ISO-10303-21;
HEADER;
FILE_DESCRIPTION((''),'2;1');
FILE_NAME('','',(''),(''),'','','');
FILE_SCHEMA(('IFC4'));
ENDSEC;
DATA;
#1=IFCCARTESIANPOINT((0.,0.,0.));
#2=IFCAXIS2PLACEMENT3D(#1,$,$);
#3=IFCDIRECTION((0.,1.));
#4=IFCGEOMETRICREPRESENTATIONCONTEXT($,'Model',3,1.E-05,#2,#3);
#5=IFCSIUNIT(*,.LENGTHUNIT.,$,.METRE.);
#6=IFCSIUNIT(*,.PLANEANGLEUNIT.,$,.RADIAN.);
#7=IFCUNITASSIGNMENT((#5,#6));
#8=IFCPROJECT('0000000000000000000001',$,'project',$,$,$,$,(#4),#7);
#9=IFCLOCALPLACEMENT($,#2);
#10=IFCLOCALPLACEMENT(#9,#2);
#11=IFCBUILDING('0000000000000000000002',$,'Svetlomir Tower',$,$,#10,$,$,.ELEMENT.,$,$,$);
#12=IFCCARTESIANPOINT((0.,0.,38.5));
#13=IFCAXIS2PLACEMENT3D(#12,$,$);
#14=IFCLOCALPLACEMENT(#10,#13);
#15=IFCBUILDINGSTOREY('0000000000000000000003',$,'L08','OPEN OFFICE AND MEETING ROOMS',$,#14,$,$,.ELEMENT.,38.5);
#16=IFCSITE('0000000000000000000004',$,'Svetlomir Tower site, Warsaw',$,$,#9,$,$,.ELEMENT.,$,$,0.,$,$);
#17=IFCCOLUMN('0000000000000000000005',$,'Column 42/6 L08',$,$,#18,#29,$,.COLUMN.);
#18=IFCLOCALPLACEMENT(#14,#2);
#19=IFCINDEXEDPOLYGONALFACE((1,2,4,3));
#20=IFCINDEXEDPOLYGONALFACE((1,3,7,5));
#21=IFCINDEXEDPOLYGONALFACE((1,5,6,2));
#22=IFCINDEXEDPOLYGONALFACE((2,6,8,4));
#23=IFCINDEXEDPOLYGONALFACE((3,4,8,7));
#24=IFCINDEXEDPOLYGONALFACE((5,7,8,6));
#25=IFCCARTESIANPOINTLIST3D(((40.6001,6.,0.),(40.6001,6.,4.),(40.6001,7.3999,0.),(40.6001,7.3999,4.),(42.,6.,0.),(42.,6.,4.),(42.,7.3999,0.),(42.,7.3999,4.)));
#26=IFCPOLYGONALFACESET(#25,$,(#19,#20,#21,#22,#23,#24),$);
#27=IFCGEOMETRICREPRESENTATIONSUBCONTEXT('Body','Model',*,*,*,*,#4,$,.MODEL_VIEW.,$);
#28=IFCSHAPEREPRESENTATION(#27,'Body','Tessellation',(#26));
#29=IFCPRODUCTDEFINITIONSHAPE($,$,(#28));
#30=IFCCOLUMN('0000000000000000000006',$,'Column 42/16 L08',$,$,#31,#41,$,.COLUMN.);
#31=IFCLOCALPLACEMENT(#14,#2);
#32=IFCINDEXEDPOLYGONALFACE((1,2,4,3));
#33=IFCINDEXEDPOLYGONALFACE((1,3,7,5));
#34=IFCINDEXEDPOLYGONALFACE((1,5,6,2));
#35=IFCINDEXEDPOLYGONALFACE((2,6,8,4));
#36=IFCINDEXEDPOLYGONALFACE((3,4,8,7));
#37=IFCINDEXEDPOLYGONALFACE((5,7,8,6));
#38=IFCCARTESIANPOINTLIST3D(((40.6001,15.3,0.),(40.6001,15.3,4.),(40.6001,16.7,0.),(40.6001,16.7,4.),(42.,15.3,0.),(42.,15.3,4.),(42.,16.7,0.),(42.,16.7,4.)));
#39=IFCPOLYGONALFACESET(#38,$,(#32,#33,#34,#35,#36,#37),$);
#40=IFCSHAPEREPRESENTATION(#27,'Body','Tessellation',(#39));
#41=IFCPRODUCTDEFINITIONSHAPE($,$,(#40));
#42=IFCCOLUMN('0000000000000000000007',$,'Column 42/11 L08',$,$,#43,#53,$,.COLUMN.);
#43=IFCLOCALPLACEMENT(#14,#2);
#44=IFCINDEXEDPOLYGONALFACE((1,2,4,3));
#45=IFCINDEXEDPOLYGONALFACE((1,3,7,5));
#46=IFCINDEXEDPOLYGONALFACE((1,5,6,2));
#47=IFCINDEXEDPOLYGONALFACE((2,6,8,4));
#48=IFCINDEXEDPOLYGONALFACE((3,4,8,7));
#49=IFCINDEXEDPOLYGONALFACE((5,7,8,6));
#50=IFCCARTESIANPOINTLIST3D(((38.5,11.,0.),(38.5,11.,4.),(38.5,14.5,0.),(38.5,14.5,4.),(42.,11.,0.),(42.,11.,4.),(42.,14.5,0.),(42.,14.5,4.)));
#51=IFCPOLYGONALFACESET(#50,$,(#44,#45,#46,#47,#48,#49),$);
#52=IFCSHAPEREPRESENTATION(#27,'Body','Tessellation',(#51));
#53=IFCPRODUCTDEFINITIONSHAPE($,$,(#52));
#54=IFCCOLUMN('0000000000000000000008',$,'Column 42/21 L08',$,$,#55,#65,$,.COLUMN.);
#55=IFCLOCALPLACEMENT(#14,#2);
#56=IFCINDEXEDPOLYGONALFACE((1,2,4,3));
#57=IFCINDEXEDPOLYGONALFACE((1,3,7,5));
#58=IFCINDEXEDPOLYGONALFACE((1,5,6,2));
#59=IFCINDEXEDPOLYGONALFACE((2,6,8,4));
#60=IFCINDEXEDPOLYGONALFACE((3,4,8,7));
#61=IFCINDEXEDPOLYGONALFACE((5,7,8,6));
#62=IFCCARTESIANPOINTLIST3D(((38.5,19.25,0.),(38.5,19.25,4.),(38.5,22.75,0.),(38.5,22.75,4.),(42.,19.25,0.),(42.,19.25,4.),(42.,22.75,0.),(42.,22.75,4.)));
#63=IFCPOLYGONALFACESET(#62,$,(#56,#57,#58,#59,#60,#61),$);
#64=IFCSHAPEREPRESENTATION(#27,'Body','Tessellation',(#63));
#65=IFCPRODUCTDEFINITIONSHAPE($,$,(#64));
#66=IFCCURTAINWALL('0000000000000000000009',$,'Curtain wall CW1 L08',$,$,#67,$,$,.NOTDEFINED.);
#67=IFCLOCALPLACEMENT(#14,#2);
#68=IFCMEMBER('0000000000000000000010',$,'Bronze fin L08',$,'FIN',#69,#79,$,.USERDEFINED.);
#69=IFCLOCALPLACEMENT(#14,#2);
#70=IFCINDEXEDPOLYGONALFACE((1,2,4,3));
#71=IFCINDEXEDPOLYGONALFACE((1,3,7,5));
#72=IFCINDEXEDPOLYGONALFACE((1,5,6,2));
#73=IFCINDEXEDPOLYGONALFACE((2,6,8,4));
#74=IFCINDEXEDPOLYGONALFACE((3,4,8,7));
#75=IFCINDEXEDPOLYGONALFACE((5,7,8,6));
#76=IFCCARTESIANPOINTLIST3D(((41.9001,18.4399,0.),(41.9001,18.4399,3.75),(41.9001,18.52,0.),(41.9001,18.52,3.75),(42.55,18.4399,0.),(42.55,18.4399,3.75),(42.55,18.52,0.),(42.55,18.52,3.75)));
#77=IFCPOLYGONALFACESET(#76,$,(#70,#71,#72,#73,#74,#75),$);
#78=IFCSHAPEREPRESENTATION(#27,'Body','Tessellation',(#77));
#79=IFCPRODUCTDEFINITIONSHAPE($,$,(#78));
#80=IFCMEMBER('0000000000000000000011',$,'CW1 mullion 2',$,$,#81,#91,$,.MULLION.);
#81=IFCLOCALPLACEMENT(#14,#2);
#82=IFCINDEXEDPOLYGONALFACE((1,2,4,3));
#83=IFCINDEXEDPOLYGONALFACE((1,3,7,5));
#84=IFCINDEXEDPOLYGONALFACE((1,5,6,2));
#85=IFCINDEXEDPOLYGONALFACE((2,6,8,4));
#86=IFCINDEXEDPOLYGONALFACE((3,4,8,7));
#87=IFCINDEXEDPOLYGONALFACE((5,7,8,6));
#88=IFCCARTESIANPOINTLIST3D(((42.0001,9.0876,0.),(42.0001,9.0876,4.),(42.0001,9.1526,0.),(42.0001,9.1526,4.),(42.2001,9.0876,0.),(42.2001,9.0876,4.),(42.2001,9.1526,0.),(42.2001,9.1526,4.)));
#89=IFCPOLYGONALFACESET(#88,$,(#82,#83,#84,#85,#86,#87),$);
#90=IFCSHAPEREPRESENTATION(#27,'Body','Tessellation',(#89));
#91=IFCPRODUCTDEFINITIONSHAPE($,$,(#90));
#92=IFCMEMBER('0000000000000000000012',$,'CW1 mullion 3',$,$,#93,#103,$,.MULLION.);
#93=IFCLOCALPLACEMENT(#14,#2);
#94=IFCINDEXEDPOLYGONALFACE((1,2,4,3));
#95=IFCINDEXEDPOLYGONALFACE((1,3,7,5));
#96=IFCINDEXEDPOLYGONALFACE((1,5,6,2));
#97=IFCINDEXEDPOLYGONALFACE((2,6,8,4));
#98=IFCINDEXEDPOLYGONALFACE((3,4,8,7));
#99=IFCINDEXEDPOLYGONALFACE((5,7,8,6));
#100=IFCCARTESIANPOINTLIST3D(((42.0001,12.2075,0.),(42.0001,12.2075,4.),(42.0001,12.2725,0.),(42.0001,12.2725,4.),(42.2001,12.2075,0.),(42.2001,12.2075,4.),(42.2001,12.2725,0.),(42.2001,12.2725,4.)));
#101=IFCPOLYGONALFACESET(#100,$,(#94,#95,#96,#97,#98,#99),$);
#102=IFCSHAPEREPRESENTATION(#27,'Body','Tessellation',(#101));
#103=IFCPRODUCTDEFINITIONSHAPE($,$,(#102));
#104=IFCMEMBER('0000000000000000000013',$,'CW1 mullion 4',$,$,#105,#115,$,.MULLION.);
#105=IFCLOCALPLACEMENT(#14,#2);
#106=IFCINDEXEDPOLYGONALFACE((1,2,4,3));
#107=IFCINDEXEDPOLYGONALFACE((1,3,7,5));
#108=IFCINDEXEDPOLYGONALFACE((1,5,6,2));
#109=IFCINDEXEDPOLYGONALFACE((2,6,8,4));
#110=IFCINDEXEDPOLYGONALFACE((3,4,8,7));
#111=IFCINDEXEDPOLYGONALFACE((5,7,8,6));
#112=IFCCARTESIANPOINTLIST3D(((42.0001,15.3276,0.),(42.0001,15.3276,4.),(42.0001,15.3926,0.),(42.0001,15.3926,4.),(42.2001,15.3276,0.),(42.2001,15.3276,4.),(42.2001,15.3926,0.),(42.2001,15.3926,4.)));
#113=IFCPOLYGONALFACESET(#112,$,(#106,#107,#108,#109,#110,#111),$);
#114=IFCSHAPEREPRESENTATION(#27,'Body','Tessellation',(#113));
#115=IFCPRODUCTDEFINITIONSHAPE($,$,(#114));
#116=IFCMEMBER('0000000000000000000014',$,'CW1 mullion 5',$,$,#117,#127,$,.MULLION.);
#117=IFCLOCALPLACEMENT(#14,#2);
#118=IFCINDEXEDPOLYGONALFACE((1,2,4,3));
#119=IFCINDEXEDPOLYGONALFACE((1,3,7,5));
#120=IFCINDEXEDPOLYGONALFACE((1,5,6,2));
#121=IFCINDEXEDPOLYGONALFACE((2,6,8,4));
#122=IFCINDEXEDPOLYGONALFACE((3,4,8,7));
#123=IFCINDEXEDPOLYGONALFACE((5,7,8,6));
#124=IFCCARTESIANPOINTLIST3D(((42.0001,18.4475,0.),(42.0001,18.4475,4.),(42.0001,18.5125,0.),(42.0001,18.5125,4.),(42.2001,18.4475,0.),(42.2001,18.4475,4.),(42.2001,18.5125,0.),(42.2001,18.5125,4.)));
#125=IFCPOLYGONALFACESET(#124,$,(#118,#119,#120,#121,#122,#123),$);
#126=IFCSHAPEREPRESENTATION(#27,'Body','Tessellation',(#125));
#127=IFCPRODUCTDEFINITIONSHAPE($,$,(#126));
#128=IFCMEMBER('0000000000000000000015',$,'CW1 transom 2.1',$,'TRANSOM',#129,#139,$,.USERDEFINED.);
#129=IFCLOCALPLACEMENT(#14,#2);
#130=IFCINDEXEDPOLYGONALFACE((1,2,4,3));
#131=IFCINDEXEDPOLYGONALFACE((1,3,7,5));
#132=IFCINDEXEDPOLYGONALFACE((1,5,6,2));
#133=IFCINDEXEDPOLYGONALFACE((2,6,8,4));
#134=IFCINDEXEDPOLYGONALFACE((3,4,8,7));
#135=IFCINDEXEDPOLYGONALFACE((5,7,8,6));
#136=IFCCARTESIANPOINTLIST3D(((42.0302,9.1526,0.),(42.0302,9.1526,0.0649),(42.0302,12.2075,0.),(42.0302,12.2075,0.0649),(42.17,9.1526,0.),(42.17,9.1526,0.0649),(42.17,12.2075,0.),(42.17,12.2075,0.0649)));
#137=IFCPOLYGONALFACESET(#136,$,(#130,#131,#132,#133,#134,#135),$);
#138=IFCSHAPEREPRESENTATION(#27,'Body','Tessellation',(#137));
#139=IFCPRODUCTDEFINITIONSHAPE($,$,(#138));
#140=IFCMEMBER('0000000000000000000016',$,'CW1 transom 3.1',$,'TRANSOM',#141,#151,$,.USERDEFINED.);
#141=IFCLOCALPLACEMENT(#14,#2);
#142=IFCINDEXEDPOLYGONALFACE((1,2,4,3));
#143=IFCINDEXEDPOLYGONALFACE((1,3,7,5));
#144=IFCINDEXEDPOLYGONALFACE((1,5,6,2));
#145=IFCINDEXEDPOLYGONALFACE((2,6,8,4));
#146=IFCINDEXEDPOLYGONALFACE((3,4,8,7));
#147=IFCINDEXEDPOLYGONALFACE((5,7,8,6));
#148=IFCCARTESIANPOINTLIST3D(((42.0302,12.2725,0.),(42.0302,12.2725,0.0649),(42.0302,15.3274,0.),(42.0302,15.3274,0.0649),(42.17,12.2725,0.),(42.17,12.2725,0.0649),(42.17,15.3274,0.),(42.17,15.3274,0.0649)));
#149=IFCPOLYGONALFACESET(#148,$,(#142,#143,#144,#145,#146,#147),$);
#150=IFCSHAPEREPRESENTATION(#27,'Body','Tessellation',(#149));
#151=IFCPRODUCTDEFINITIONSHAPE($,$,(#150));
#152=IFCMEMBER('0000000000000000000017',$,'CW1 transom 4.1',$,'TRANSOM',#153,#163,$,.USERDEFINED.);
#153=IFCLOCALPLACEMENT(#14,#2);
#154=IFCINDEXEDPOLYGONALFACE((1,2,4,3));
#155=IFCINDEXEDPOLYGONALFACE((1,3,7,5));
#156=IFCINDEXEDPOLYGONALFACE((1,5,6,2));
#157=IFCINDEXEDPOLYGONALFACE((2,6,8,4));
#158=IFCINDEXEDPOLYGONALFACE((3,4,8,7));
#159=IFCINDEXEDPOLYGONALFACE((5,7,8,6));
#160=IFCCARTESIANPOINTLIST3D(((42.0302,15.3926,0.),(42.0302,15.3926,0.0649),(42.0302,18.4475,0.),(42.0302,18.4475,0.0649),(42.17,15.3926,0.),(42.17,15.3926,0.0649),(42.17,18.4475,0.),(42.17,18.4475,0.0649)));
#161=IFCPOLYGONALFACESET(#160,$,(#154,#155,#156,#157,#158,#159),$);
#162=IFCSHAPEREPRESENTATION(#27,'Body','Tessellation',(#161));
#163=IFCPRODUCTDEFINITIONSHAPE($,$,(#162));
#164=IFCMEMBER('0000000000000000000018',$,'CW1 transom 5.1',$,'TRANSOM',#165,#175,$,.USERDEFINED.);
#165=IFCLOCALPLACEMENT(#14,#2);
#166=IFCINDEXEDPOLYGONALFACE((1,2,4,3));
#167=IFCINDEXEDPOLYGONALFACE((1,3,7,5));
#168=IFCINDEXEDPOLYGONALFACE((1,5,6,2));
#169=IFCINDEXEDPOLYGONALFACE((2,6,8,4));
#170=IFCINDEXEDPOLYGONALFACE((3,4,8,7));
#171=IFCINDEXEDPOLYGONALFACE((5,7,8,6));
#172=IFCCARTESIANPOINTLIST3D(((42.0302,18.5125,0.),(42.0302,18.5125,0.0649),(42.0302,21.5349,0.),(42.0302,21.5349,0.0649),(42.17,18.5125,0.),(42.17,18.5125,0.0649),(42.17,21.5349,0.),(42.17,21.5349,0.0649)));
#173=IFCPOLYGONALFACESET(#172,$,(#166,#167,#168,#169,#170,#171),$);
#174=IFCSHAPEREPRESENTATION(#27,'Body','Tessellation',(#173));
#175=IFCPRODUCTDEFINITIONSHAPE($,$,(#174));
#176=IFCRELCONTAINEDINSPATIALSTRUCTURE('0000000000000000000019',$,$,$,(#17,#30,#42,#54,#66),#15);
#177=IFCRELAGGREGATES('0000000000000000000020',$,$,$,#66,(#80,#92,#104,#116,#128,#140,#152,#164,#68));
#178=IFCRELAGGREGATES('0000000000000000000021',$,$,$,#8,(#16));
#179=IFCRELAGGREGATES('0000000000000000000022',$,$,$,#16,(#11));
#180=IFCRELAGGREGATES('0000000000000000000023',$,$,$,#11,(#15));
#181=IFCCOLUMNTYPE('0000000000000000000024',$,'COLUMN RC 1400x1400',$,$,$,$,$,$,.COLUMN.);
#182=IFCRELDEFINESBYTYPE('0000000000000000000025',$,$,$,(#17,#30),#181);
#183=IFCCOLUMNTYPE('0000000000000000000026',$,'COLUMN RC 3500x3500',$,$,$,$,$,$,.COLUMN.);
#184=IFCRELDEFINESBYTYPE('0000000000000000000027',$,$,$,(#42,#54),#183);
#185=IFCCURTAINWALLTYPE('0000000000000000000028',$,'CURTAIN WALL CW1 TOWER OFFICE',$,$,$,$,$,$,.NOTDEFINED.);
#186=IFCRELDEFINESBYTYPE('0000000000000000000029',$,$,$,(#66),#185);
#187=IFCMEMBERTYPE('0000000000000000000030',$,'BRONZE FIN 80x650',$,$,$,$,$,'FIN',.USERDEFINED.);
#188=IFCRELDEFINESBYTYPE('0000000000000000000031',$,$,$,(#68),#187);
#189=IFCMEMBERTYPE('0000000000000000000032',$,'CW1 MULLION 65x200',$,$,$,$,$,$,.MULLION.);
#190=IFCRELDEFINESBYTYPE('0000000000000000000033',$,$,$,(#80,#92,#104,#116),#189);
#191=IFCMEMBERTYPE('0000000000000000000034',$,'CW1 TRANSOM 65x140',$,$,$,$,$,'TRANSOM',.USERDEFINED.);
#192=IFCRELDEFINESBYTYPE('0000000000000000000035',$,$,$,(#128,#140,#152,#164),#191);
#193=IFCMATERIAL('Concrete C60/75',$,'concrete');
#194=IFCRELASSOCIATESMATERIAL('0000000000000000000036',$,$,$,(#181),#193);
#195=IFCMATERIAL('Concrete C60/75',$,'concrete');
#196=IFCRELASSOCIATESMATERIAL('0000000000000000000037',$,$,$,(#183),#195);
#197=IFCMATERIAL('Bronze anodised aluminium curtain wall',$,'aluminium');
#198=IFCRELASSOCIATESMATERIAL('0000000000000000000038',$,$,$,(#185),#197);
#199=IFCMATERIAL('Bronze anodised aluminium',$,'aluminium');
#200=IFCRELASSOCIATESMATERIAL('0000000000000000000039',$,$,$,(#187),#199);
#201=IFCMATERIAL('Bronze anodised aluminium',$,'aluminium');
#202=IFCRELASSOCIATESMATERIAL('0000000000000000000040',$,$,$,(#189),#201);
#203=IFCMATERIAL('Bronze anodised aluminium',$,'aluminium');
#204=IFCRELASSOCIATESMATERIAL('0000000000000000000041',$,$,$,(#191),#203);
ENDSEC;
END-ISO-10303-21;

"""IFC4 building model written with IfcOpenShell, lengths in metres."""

from ifc_helpers import new_model, si_unit, direction, frame, origin, origin_2d, place, context, subcontext, project, spatial, rectangle, extrude, material, material_profile, profile_set, type_object, element, aggregate, save


model = new_model("IFC4")

# Units and contexts
model_context = context("Model", 3, precision=1e-05, world=origin(), true_north=direction((0.0, 1.0)))
body_context = subcontext(model_context, "Body", "Model", "MODEL_VIEW")
ifc_project = project(units=[si_unit("LENGTHUNIT", "METRE"), si_unit("PLANEANGLEUNIT", "RADIAN")], contexts=[model_context])

# Site, building, storey
site_placement = place(None, origin())
site = spatial("IfcSite", under=ifc_project, at=site_placement, Name="Svetlomir Tower site, Warsaw", CompositionType="ELEMENT", RefElevation=0.0)
building_placement = place(site_placement, origin())
building = spatial("IfcBuilding", under=site, at=building_placement, Name="Svetlomir Tower", CompositionType="ELEMENT")
storey_placement = place(building_placement, frame((0.0, 0.0, 38.5)))
storey = spatial("IfcBuildingStorey", under=building, at=storey_placement, Name="L08", Description="OPEN OFFICE AND MEETING ROOMS", CompositionType="ELEMENT", Elevation=38.5)

# Columns
ifc_material_1 = material(Name="Concrete C60/75", Category="concrete")
ifc_material_profile_1 = material_profile(ifc_material_1, rectangle(XDim=1.3999, YDim=1.3999, at=origin_2d()), Name="RC 1400x1400")
ifc_profile_set_1 = profile_set([ifc_material_profile_1], Name="Concrete C60/75")
column_type_1 = type_object("IfcColumnType", Name="COLUMN RC 1400x1400", PredefinedType="COLUMN", material=ifc_profile_set_1)
for number, where, z_axis, x_axis, name in (
    (1, (41.3, 6.7, 0.0), (0.0, 0.0, 1.0), (1.0, 0.0, 0.0), "Column 42/6 L08"),
    (2, (41.3, 16.0, 0.0), (0.0, 0.0, 1.0), (1.0, 0.0, 0.0), "Column 42/16 L08"),
):
    element("IfcColumn", number, at=place(storey_placement, frame(where, z_axis=z_axis, x_axis=x_axis)), inside=storey, type_object=column_type_1, Name=name, PredefinedType="COLUMN", context=body_context, shape_type="SweptSolid", body=[
        extrude(rectangle(XDim=1.3999, YDim=1.3999, at=origin_2d()), origin(), (0.0, 0.0, 1.0), 4.0),
    ])
ifc_material_2 = material(Name="Concrete C60/75", Category="concrete")
ifc_material_profile_2 = material_profile(ifc_material_2, rectangle(XDim=3.5, YDim=3.5, at=origin_2d()), Name="RC 3500x3500")
ifc_profile_set_2 = profile_set([ifc_material_profile_2], Name="Concrete C60/75")
column_type_2 = type_object("IfcColumnType", Name="COLUMN RC 3500x3500", PredefinedType="COLUMN", material=ifc_profile_set_2)
for number, where, z_axis, x_axis, name in (
    (3, (40.25, 12.75, 0.0), (0.0, 0.0, 1.0), (1.0, 0.0, 0.0), "Column 42/11 L08"),
    (4, (40.25, 21.0, 0.0), (0.0, 0.0, 1.0), (1.0, 0.0, 0.0), "Column 42/21 L08"),
):
    element("IfcColumn", number, at=place(storey_placement, frame(where, z_axis=z_axis, x_axis=x_axis)), inside=storey, type_object=column_type_2, Name=name, PredefinedType="COLUMN", context=body_context, shape_type="SweptSolid", body=[
        extrude(rectangle(XDim=3.5, YDim=3.5, at=origin_2d()), origin(), (0.0, 0.0, 1.0), 4.0),
    ])

# Curtain wall, members
ifc_material_3 = material(Name="Bronze anodised aluminium curtain wall", Category="aluminium")
curtain_wall_type = type_object("IfcCurtainWallType", Name="CURTAIN WALL CW1 TOWER OFFICE", PredefinedType="NOTDEFINED", material=ifc_material_3)
curtain_wall_placement = place(storey_placement, origin())
curtain_wall = element("IfcCurtainWall", 5, at=curtain_wall_placement, inside=storey, type_object=curtain_wall_type, Name="Curtain wall CW1 L08", PredefinedType="NOTDEFINED")
ifc_material_4 = material(Name="Bronze anodised aluminium", Category="aluminium")
ifc_material_profile_3 = material_profile(ifc_material_4, rectangle(XDim=0.0801, YDim=0.6499, at=origin_2d()), Name="FIN 80x650")
ifc_profile_set_3 = profile_set([ifc_material_profile_3], Name="Bronze anodised aluminium 6063-T6")
member_type_1 = type_object("IfcMemberType", Name="BRONZE FIN 80x650", ElementType="FIN", PredefinedType="USERDEFINED", material=ifc_profile_set_3)
member_1_placement = place(storey_placement, frame((42.2251, 18.48, 0.0), z_axis=(0.0, 0.0, 1.0), x_axis=(0.0, 1.0, 0.0)))
member_1 = element("IfcMember", 6, at=member_1_placement, type_object=member_type_1, Name="Bronze fin L08", ObjectType="FIN", PredefinedType="USERDEFINED", context=body_context, shape_type="SweptSolid", body=[
    extrude(rectangle(XDim=0.0801, YDim=0.6499, at=origin_2d()), origin(), (0.0, 0.0, 1.0), 3.75),
])
ifc_material_5 = material(Name="Bronze anodised aluminium", Category="aluminium")
ifc_material_profile_4 = material_profile(ifc_material_5, rectangle(XDim=0.0649, YDim=0.2, at=origin_2d()), Name="AL 65x200")
ifc_profile_set_4 = profile_set([ifc_material_profile_4], Name="Bronze anodised aluminium 6063-T6")
member_type_2 = type_object("IfcMemberType", Name="CW1 MULLION 65x200", PredefinedType="MULLION", material=ifc_profile_set_4)
member_2_placement = place(storey_placement, frame((42.1001, 9.1201, 0.0), z_axis=(0.0, 0.0, 1.0), x_axis=(0.0, 1.0, 0.0)))
member_2 = element("IfcMember", 7, at=member_2_placement, type_object=member_type_2, Name="CW1 mullion 2", PredefinedType="MULLION", context=body_context, shape_type="SweptSolid", body=[
    extrude(rectangle(XDim=0.0649, YDim=0.2, at=origin_2d()), origin(), (0.0, 0.0, 1.0), 4.0),
])
member_3_placement = place(storey_placement, frame((42.1001, 12.24, 0.0), z_axis=(0.0, 0.0, 1.0), x_axis=(0.0, 1.0, 0.0)))
member_3 = element("IfcMember", 8, at=member_3_placement, type_object=member_type_2, Name="CW1 mullion 3", PredefinedType="MULLION", context=body_context, shape_type="SweptSolid", body=[
    extrude(rectangle(XDim=0.0649, YDim=0.2, at=origin_2d()), origin(), (0.0, 0.0, 1.0), 4.0),
])
member_4_placement = place(storey_placement, frame((42.1001, 15.3601, 0.0), z_axis=(0.0, 0.0, 1.0), x_axis=(0.0, 1.0, 0.0)))
member_4 = element("IfcMember", 9, at=member_4_placement, type_object=member_type_2, Name="CW1 mullion 4", PredefinedType="MULLION", context=body_context, shape_type="SweptSolid", body=[
    extrude(rectangle(XDim=0.0649, YDim=0.2, at=origin_2d()), origin(), (0.0, 0.0, 1.0), 4.0),
])
member_5_placement = place(storey_placement, frame((42.1001, 18.48, 0.0), z_axis=(0.0, 0.0, 1.0), x_axis=(0.0, 1.0, 0.0)))
member_5 = element("IfcMember", 10, at=member_5_placement, type_object=member_type_2, Name="CW1 mullion 5", PredefinedType="MULLION", context=body_context, shape_type="SweptSolid", body=[
    extrude(rectangle(XDim=0.0649, YDim=0.2, at=origin_2d()), origin(), (0.0, 0.0, 1.0), 4.0),
])
ifc_material_6 = material(Name="Bronze anodised aluminium", Category="aluminium")
ifc_material_profile_5 = material_profile(ifc_material_6, rectangle(XDim=0.1399, YDim=0.0649, at=origin_2d()), Name="AL 140x65")
ifc_profile_set_5 = profile_set([ifc_material_profile_5], Name="Bronze anodised aluminium 6063-T6")
member_type_3 = type_object("IfcMemberType", Name="CW1 TRANSOM 65x140", ElementType="TRANSOM", PredefinedType="USERDEFINED", material=ifc_profile_set_5)
member_6_placement = place(storey_placement, frame((42.1001, 9.1526, 0.0325), z_axis=(0.0, 1.0, 0.0), x_axis=(-1.0, 0.0, 0.0)))
member_6 = element("IfcMember", 11, at=member_6_placement, type_object=member_type_3, Name="CW1 transom 2.1", ObjectType="TRANSOM", PredefinedType="USERDEFINED", context=body_context, shape_type="SweptSolid", body=[
    extrude(rectangle(XDim=0.1399, YDim=0.0649, at=origin_2d()), origin(), (0.0, 0.0, 1.0), 3.0549),
])
member_7_placement = place(storey_placement, frame((42.1001, 12.2725, 0.0325), z_axis=(0.0, 1.0, 0.0), x_axis=(-1.0, 0.0, 0.0)))
member_7 = element("IfcMember", 12, at=member_7_placement, type_object=member_type_3, Name="CW1 transom 3.1", ObjectType="TRANSOM", PredefinedType="USERDEFINED", context=body_context, shape_type="SweptSolid", body=[
    extrude(rectangle(XDim=0.1399, YDim=0.0649, at=origin_2d()), origin(), (0.0, 0.0, 1.0), 3.0549),
])
member_8_placement = place(storey_placement, frame((42.1001, 15.3926, 0.0325), z_axis=(0.0, 1.0, 0.0), x_axis=(-1.0, 0.0, 0.0)))
member_8 = element("IfcMember", 13, at=member_8_placement, type_object=member_type_3, Name="CW1 transom 4.1", ObjectType="TRANSOM", PredefinedType="USERDEFINED", context=body_context, shape_type="SweptSolid", body=[
    extrude(rectangle(XDim=0.1399, YDim=0.0649, at=origin_2d()), origin(), (0.0, 0.0, 1.0), 3.0549),
])
member_9_placement = place(storey_placement, frame((42.1001, 18.5125, 0.0325), z_axis=(0.0, 1.0, 0.0), x_axis=(-1.0, 0.0, 0.0)))
member_9 = element("IfcMember", 14, at=member_9_placement, type_object=member_type_3, Name="CW1 transom 5.1", ObjectType="TRANSOM", PredefinedType="USERDEFINED", context=body_context, shape_type="SweptSolid", body=[
    extrude(rectangle(XDim=0.1399, YDim=0.0649, at=origin_2d()), origin(), (0.0, 0.0, 1.0), 3.0225),
])

aggregate(curtain_wall, [member_2, member_3, member_4, member_5, member_6, member_7, member_8, member_9, member_1])

save(model, "model.ifc")
